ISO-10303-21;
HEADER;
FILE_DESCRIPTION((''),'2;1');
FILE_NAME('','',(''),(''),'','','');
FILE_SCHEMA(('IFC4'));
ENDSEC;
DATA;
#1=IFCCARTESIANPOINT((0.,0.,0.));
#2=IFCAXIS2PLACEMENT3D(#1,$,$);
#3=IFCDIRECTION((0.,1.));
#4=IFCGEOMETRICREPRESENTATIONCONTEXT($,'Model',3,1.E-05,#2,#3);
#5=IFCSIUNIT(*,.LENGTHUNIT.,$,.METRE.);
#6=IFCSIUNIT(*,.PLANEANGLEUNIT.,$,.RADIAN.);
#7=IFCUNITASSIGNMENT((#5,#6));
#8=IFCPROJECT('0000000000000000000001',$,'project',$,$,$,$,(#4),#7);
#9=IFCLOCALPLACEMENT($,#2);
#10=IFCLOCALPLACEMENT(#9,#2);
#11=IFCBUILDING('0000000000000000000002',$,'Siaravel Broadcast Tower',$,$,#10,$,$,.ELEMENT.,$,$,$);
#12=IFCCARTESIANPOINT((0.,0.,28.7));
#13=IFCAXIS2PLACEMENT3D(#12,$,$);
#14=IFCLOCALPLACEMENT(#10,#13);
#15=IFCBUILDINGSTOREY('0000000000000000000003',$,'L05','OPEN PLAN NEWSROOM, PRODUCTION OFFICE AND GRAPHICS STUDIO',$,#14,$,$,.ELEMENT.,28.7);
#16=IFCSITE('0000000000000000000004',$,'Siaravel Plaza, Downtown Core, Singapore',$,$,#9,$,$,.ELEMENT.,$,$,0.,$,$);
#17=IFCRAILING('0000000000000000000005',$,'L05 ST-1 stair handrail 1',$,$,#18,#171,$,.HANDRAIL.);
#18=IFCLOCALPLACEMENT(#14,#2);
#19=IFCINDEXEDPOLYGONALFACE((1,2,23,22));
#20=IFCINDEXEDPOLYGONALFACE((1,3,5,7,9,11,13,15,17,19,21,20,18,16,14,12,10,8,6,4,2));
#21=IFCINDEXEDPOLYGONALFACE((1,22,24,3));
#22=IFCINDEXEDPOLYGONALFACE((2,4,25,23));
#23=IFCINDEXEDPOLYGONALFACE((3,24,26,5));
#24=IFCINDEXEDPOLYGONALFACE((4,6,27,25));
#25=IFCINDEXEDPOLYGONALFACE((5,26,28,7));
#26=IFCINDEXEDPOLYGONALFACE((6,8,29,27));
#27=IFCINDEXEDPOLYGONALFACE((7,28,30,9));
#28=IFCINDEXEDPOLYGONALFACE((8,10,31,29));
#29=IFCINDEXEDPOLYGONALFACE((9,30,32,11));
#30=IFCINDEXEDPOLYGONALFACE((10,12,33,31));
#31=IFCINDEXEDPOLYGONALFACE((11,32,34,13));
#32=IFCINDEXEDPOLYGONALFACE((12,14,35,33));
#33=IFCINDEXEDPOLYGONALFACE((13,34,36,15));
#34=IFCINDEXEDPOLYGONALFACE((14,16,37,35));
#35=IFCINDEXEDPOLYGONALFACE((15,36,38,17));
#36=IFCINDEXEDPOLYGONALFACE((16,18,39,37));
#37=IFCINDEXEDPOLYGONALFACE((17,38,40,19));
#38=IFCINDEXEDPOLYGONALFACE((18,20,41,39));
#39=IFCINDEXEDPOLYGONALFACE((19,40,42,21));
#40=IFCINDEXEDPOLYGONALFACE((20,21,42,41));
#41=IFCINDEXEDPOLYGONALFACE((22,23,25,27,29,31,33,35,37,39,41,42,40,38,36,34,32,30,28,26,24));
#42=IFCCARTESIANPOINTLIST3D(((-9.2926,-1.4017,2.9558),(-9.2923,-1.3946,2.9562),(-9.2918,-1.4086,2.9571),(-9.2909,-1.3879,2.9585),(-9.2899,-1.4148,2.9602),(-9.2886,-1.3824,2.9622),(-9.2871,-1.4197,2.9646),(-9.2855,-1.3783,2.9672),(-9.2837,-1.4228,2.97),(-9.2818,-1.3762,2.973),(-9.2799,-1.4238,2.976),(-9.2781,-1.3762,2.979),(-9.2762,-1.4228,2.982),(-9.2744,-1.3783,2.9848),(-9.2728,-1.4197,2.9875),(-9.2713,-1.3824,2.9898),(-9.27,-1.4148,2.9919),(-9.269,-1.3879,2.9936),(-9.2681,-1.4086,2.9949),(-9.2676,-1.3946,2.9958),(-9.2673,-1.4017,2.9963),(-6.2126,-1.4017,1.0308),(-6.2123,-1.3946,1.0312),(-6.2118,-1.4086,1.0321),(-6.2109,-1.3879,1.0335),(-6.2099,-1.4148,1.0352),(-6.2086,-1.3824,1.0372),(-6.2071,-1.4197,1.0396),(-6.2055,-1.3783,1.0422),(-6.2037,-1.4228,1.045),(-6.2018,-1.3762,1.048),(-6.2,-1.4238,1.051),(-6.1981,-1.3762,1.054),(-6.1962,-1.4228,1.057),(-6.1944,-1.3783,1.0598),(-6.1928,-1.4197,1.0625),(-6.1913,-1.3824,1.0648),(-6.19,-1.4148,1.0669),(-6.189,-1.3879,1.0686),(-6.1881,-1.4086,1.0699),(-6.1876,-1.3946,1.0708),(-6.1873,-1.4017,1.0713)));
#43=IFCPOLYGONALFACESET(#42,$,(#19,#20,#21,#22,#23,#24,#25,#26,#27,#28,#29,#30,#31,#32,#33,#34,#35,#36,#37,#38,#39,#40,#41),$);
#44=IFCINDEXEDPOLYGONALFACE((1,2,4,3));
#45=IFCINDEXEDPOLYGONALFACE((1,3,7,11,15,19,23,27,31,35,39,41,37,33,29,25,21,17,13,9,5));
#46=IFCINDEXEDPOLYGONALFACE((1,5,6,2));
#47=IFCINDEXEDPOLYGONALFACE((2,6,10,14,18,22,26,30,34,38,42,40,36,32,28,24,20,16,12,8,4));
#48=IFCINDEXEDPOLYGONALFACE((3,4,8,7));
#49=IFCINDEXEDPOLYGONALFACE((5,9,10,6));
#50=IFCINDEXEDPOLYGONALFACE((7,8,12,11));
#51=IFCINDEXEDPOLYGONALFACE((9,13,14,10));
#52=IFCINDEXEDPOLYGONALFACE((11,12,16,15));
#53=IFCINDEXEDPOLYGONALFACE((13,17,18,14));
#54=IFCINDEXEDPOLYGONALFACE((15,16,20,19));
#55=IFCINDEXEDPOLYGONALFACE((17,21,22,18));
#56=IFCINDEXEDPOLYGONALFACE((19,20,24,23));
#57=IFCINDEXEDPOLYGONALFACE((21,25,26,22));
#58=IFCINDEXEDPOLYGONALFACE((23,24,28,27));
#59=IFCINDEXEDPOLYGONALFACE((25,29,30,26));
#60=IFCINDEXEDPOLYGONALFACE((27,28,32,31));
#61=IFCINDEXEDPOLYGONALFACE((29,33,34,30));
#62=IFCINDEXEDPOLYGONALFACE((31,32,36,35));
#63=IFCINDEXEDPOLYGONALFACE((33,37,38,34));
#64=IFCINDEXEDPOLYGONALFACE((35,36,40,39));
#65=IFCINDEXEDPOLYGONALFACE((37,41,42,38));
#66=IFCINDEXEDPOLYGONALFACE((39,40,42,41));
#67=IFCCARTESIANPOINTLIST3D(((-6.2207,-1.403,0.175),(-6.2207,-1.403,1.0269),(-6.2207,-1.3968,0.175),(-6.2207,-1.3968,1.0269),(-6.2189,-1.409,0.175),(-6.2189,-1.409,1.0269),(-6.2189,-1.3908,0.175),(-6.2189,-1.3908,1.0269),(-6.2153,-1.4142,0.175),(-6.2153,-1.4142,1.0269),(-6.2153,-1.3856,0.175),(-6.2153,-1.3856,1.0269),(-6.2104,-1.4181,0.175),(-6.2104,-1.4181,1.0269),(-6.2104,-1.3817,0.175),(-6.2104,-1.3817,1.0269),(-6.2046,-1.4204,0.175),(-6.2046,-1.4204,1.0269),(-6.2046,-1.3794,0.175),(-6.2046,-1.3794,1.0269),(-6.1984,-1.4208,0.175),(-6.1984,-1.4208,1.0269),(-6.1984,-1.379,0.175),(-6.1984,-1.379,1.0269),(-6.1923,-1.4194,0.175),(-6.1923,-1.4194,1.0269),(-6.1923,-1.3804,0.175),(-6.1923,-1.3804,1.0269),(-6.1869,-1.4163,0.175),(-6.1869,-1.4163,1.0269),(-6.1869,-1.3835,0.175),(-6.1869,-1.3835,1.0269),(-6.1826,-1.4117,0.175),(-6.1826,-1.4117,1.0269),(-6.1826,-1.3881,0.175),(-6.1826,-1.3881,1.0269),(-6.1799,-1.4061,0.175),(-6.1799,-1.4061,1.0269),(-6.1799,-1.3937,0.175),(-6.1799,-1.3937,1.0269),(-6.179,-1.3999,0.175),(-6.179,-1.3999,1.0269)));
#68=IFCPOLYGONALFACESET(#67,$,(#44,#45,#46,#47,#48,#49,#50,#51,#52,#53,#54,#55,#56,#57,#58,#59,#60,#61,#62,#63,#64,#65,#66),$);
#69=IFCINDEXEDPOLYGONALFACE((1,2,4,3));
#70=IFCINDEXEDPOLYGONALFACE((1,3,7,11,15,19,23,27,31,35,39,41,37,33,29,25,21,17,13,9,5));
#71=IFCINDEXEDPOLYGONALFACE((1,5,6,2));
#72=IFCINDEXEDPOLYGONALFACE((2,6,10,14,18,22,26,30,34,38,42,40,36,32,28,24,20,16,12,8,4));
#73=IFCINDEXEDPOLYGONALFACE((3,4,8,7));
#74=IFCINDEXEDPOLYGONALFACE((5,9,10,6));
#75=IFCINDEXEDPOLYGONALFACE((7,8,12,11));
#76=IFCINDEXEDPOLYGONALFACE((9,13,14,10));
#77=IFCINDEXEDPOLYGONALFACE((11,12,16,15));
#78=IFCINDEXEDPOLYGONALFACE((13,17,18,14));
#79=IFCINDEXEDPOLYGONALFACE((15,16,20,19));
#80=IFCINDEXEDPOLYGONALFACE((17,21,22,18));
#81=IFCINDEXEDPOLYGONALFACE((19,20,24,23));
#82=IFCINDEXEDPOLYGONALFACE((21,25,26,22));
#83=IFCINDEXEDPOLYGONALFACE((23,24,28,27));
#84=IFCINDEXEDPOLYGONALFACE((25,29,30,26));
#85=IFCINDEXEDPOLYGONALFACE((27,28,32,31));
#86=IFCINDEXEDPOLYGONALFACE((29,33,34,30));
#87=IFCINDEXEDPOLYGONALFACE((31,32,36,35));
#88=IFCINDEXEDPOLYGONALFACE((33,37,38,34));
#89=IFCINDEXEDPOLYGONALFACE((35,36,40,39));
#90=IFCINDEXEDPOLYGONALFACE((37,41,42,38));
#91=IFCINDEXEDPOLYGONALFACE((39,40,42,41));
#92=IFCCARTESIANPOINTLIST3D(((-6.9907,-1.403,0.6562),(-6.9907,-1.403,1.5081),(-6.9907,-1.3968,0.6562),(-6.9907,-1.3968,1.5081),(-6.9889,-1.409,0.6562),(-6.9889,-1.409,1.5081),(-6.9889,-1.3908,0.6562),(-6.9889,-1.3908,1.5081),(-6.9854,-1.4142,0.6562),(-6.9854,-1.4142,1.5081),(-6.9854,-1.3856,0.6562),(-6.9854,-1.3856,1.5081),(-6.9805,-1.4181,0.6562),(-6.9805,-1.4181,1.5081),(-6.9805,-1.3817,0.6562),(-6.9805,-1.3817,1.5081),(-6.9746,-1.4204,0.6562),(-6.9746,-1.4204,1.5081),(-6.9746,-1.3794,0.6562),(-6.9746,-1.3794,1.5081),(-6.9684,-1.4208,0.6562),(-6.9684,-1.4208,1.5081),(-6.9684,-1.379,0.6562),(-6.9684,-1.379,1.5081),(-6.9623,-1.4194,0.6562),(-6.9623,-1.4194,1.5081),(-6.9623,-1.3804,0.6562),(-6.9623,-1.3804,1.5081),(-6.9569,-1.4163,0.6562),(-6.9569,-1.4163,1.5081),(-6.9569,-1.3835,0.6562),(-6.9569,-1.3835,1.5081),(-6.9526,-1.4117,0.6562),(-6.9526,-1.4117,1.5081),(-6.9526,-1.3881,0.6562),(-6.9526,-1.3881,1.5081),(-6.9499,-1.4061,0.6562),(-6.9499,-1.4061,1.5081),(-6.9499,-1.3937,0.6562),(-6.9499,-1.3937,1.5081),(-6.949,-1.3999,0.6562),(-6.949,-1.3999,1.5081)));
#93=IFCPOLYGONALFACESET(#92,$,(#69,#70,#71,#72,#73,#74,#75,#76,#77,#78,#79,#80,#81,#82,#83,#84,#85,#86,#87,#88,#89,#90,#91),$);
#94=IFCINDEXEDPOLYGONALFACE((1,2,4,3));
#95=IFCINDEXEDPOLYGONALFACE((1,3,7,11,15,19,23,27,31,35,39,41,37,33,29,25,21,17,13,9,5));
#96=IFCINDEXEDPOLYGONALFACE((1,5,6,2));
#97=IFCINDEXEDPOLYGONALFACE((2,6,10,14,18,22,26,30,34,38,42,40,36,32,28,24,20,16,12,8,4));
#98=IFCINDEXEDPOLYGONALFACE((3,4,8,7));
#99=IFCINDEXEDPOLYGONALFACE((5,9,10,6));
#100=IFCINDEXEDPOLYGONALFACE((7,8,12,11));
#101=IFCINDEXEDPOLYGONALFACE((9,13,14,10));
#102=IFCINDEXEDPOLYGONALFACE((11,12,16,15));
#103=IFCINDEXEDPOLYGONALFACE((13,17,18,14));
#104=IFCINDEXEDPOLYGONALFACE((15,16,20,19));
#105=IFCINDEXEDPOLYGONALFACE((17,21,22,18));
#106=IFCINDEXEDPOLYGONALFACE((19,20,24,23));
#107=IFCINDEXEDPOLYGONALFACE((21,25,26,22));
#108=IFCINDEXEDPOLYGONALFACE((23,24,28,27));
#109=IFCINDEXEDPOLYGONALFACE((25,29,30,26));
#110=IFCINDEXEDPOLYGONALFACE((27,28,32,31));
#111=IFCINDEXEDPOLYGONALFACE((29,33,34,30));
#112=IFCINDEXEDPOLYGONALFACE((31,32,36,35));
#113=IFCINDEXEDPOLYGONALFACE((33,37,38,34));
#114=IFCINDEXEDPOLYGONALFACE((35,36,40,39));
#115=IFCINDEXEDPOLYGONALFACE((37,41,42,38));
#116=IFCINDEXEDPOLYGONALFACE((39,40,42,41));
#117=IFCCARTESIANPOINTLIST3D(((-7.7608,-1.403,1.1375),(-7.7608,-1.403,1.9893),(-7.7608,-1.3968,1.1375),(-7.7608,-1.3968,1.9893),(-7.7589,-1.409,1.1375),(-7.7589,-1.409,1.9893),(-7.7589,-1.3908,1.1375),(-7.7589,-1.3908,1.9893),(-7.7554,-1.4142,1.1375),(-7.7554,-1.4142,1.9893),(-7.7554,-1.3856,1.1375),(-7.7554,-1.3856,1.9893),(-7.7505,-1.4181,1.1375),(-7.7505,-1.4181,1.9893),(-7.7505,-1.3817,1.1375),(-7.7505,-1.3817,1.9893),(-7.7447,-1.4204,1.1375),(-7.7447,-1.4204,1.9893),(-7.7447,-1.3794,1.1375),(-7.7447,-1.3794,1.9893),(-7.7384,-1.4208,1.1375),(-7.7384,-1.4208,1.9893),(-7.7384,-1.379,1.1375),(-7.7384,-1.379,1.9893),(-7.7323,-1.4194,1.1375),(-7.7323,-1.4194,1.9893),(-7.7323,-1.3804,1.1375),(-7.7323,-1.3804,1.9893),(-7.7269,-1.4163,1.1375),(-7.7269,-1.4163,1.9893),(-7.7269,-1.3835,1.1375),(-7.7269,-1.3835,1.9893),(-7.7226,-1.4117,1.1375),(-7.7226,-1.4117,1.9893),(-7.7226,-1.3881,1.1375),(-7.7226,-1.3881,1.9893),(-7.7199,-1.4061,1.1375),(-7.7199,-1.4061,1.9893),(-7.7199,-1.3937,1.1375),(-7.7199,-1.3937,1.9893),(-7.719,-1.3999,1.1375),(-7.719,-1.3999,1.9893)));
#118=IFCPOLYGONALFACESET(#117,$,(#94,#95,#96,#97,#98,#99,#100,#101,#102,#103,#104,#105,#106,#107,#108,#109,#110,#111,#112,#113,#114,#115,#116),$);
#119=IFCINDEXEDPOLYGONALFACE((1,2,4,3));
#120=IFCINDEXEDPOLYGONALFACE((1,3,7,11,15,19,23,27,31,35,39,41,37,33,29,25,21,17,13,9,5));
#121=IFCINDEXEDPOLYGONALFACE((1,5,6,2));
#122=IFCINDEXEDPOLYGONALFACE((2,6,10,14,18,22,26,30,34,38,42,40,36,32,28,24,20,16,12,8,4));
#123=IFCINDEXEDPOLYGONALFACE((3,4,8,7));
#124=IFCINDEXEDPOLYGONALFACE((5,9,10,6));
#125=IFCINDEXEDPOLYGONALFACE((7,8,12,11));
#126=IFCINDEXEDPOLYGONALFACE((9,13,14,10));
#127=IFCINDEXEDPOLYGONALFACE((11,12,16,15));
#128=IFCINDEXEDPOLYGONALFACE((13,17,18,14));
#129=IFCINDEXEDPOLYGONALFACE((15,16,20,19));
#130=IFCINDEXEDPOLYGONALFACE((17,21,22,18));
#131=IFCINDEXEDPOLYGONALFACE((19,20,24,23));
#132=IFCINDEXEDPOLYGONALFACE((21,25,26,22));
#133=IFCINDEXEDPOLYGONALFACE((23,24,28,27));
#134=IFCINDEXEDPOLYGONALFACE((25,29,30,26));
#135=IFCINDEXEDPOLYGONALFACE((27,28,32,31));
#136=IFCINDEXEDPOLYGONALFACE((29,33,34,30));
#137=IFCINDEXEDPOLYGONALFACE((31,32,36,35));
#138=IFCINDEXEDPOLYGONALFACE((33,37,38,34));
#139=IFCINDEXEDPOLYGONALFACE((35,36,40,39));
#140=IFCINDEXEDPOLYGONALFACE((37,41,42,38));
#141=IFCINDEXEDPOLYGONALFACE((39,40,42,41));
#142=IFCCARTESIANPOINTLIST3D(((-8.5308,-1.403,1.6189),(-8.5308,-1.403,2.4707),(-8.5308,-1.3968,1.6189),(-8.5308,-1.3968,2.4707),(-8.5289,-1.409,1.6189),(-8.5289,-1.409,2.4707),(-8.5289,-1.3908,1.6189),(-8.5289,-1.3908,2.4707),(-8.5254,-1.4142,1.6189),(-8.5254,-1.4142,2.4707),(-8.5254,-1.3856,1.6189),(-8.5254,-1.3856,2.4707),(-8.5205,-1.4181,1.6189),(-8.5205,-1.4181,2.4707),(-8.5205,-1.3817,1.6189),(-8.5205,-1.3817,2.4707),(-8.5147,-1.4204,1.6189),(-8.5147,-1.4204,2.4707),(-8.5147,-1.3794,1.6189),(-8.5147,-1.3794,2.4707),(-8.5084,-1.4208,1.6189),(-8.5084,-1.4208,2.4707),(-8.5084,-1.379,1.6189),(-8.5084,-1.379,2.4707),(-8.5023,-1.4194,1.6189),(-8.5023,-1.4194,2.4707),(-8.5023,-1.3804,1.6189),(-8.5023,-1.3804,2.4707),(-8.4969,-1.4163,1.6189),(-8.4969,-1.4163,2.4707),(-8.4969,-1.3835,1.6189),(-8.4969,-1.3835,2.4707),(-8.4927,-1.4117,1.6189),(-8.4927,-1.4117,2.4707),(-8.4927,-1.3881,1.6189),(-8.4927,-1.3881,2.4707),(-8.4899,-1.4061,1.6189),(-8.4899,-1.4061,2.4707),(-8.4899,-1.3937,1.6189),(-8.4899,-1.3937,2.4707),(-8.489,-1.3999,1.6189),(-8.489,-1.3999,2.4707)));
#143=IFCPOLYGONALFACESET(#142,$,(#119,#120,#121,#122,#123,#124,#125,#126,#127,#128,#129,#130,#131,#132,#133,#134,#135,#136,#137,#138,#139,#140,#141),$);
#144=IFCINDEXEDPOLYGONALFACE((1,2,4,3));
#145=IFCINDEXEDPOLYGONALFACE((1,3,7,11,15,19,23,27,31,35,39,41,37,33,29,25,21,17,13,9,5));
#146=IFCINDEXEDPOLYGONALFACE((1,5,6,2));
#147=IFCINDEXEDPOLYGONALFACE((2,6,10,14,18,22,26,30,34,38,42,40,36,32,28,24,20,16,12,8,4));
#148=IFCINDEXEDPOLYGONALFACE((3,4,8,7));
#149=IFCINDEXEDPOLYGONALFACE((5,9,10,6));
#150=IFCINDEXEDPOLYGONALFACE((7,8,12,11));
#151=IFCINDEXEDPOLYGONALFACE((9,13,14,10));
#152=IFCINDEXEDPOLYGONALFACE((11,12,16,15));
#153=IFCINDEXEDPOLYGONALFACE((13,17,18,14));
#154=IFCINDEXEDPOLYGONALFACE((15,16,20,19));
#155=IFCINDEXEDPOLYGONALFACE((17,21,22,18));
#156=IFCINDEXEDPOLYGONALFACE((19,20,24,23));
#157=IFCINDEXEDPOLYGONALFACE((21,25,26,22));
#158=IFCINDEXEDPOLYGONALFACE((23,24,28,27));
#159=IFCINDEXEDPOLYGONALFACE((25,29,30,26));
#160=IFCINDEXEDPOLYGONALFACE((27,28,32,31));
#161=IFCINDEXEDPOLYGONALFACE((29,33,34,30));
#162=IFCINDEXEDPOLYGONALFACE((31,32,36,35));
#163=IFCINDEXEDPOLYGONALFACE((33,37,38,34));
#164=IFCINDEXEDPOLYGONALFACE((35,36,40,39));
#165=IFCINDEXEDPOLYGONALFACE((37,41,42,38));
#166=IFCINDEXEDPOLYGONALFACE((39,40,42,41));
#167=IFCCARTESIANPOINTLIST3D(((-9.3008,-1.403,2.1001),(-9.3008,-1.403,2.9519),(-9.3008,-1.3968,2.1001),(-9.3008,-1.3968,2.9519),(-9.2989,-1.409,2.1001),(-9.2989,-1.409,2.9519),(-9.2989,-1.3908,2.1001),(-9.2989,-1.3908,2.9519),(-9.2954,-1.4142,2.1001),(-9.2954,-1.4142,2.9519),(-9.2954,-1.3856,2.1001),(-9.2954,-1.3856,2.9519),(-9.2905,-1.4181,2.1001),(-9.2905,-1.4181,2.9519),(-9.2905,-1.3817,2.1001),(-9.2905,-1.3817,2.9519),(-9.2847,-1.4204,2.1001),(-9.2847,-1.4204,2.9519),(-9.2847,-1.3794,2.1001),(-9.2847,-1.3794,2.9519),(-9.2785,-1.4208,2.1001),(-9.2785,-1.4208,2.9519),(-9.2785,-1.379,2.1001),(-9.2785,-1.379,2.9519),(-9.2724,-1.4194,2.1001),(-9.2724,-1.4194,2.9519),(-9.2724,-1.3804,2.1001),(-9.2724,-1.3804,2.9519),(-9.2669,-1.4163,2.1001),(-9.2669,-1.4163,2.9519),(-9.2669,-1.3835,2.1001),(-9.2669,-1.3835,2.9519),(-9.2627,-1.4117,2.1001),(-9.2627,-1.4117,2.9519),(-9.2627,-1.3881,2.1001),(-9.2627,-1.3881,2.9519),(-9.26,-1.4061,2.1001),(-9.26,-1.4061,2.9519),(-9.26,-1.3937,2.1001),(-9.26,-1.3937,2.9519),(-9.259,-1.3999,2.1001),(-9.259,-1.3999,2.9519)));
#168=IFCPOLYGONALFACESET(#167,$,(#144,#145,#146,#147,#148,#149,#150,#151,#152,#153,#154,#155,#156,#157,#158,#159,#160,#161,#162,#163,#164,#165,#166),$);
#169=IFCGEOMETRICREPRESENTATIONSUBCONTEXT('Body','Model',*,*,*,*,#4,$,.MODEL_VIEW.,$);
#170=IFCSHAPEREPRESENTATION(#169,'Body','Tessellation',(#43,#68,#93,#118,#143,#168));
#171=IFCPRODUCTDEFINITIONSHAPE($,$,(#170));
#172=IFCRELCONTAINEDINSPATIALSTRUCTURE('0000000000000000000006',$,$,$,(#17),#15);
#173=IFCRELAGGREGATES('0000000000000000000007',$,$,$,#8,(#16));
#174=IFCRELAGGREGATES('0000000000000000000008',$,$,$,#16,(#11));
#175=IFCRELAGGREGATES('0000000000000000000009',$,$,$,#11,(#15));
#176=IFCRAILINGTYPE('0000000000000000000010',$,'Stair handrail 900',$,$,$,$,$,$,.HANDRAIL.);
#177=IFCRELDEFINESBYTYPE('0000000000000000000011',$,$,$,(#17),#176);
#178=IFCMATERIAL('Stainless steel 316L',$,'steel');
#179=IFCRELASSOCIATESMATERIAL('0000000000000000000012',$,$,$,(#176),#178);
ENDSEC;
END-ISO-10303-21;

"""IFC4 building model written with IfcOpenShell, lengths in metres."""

from ifc_helpers import new_model, si_unit, direction, frame, origin, origin_2d, place, context, subcontext, project, spatial, circle, extrude, material, type_object, element, save


model = new_model("IFC4")

# Units and contexts
model_context = context("Model", 3, precision=1e-05, world=origin(), true_north=direction((0.0, 1.0)))
body_context = subcontext(model_context, "Body", "Model", "MODEL_VIEW")
ifc_project = project(units=[si_unit("LENGTHUNIT", "METRE"), si_unit("PLANEANGLEUNIT", "RADIAN")], contexts=[model_context])

# Site, building, storey
site_placement = place(None, origin())
site = spatial("IfcSite", under=ifc_project, at=site_placement, Name="Siaravel Plaza, Downtown Core, Singapore", CompositionType="ELEMENT", RefElevation=0.0)
building_placement = place(site_placement, origin())
building = spatial("IfcBuilding", under=site, at=building_placement, Name="Siaravel Broadcast Tower", CompositionType="ELEMENT")
storey_placement = place(building_placement, frame((0.0, 0.0, 28.7)))
storey = spatial("IfcBuildingStorey", under=building, at=storey_placement, Name="L05", Description="OPEN PLAN NEWSROOM, PRODUCTION OFFICE AND GRAPHICS STUDIO", CompositionType="ELEMENT", Elevation=28.7)

# Railing
ifc_material_1 = material(Name="Stainless steel 316L", Category="steel")
railing_type_1 = type_object("IfcRailingType", Name="Stair handrail 900", PredefinedType="HANDRAIL", material=ifc_material_1)
railing_1_placement = place(storey_placement, frame((-6.2, -1.3999, 0.175)))
element("IfcRailing", 1, at=railing_1_placement, inside=storey, type_object=railing_type_1, Name="L05 ST-1 stair handrail 1", PredefinedType="HANDRAIL", context=body_context, shape_type="SweptSolid", body=[
    extrude(circle(Radius=0.0239, at=origin_2d()), frame((0.0, 0.0, 0.876), z_axis=(-0.847998, 0.0, 0.529999), x_axis=(0.0, -1.0, 0.0)), (0.0, 0.0, 1.0), 3.6321),
    extrude(circle(Radius=0.021, at=origin_2d()), origin(), (0.0, 0.0, 1.0), 0.8518),
    extrude(circle(Radius=0.021, at=origin_2d()), frame((-0.77, 0.0, 0.4812)), (0.0, 0.0, 1.0), 0.8518),
    extrude(circle(Radius=0.021, at=origin_2d()), frame((-1.54, 0.0, 0.9624)), (0.0, 0.0, 1.0), 0.8518),
    extrude(circle(Radius=0.021, at=origin_2d()), frame((-2.3101, 0.0, 1.4438)), (0.0, 0.0, 1.0), 0.8518),
    extrude(circle(Radius=0.021, at=origin_2d()), frame((-3.0801, 0.0, 1.925)), (0.0, 0.0, 1.0), 0.8518),
])

save(model, "model.ifc")
